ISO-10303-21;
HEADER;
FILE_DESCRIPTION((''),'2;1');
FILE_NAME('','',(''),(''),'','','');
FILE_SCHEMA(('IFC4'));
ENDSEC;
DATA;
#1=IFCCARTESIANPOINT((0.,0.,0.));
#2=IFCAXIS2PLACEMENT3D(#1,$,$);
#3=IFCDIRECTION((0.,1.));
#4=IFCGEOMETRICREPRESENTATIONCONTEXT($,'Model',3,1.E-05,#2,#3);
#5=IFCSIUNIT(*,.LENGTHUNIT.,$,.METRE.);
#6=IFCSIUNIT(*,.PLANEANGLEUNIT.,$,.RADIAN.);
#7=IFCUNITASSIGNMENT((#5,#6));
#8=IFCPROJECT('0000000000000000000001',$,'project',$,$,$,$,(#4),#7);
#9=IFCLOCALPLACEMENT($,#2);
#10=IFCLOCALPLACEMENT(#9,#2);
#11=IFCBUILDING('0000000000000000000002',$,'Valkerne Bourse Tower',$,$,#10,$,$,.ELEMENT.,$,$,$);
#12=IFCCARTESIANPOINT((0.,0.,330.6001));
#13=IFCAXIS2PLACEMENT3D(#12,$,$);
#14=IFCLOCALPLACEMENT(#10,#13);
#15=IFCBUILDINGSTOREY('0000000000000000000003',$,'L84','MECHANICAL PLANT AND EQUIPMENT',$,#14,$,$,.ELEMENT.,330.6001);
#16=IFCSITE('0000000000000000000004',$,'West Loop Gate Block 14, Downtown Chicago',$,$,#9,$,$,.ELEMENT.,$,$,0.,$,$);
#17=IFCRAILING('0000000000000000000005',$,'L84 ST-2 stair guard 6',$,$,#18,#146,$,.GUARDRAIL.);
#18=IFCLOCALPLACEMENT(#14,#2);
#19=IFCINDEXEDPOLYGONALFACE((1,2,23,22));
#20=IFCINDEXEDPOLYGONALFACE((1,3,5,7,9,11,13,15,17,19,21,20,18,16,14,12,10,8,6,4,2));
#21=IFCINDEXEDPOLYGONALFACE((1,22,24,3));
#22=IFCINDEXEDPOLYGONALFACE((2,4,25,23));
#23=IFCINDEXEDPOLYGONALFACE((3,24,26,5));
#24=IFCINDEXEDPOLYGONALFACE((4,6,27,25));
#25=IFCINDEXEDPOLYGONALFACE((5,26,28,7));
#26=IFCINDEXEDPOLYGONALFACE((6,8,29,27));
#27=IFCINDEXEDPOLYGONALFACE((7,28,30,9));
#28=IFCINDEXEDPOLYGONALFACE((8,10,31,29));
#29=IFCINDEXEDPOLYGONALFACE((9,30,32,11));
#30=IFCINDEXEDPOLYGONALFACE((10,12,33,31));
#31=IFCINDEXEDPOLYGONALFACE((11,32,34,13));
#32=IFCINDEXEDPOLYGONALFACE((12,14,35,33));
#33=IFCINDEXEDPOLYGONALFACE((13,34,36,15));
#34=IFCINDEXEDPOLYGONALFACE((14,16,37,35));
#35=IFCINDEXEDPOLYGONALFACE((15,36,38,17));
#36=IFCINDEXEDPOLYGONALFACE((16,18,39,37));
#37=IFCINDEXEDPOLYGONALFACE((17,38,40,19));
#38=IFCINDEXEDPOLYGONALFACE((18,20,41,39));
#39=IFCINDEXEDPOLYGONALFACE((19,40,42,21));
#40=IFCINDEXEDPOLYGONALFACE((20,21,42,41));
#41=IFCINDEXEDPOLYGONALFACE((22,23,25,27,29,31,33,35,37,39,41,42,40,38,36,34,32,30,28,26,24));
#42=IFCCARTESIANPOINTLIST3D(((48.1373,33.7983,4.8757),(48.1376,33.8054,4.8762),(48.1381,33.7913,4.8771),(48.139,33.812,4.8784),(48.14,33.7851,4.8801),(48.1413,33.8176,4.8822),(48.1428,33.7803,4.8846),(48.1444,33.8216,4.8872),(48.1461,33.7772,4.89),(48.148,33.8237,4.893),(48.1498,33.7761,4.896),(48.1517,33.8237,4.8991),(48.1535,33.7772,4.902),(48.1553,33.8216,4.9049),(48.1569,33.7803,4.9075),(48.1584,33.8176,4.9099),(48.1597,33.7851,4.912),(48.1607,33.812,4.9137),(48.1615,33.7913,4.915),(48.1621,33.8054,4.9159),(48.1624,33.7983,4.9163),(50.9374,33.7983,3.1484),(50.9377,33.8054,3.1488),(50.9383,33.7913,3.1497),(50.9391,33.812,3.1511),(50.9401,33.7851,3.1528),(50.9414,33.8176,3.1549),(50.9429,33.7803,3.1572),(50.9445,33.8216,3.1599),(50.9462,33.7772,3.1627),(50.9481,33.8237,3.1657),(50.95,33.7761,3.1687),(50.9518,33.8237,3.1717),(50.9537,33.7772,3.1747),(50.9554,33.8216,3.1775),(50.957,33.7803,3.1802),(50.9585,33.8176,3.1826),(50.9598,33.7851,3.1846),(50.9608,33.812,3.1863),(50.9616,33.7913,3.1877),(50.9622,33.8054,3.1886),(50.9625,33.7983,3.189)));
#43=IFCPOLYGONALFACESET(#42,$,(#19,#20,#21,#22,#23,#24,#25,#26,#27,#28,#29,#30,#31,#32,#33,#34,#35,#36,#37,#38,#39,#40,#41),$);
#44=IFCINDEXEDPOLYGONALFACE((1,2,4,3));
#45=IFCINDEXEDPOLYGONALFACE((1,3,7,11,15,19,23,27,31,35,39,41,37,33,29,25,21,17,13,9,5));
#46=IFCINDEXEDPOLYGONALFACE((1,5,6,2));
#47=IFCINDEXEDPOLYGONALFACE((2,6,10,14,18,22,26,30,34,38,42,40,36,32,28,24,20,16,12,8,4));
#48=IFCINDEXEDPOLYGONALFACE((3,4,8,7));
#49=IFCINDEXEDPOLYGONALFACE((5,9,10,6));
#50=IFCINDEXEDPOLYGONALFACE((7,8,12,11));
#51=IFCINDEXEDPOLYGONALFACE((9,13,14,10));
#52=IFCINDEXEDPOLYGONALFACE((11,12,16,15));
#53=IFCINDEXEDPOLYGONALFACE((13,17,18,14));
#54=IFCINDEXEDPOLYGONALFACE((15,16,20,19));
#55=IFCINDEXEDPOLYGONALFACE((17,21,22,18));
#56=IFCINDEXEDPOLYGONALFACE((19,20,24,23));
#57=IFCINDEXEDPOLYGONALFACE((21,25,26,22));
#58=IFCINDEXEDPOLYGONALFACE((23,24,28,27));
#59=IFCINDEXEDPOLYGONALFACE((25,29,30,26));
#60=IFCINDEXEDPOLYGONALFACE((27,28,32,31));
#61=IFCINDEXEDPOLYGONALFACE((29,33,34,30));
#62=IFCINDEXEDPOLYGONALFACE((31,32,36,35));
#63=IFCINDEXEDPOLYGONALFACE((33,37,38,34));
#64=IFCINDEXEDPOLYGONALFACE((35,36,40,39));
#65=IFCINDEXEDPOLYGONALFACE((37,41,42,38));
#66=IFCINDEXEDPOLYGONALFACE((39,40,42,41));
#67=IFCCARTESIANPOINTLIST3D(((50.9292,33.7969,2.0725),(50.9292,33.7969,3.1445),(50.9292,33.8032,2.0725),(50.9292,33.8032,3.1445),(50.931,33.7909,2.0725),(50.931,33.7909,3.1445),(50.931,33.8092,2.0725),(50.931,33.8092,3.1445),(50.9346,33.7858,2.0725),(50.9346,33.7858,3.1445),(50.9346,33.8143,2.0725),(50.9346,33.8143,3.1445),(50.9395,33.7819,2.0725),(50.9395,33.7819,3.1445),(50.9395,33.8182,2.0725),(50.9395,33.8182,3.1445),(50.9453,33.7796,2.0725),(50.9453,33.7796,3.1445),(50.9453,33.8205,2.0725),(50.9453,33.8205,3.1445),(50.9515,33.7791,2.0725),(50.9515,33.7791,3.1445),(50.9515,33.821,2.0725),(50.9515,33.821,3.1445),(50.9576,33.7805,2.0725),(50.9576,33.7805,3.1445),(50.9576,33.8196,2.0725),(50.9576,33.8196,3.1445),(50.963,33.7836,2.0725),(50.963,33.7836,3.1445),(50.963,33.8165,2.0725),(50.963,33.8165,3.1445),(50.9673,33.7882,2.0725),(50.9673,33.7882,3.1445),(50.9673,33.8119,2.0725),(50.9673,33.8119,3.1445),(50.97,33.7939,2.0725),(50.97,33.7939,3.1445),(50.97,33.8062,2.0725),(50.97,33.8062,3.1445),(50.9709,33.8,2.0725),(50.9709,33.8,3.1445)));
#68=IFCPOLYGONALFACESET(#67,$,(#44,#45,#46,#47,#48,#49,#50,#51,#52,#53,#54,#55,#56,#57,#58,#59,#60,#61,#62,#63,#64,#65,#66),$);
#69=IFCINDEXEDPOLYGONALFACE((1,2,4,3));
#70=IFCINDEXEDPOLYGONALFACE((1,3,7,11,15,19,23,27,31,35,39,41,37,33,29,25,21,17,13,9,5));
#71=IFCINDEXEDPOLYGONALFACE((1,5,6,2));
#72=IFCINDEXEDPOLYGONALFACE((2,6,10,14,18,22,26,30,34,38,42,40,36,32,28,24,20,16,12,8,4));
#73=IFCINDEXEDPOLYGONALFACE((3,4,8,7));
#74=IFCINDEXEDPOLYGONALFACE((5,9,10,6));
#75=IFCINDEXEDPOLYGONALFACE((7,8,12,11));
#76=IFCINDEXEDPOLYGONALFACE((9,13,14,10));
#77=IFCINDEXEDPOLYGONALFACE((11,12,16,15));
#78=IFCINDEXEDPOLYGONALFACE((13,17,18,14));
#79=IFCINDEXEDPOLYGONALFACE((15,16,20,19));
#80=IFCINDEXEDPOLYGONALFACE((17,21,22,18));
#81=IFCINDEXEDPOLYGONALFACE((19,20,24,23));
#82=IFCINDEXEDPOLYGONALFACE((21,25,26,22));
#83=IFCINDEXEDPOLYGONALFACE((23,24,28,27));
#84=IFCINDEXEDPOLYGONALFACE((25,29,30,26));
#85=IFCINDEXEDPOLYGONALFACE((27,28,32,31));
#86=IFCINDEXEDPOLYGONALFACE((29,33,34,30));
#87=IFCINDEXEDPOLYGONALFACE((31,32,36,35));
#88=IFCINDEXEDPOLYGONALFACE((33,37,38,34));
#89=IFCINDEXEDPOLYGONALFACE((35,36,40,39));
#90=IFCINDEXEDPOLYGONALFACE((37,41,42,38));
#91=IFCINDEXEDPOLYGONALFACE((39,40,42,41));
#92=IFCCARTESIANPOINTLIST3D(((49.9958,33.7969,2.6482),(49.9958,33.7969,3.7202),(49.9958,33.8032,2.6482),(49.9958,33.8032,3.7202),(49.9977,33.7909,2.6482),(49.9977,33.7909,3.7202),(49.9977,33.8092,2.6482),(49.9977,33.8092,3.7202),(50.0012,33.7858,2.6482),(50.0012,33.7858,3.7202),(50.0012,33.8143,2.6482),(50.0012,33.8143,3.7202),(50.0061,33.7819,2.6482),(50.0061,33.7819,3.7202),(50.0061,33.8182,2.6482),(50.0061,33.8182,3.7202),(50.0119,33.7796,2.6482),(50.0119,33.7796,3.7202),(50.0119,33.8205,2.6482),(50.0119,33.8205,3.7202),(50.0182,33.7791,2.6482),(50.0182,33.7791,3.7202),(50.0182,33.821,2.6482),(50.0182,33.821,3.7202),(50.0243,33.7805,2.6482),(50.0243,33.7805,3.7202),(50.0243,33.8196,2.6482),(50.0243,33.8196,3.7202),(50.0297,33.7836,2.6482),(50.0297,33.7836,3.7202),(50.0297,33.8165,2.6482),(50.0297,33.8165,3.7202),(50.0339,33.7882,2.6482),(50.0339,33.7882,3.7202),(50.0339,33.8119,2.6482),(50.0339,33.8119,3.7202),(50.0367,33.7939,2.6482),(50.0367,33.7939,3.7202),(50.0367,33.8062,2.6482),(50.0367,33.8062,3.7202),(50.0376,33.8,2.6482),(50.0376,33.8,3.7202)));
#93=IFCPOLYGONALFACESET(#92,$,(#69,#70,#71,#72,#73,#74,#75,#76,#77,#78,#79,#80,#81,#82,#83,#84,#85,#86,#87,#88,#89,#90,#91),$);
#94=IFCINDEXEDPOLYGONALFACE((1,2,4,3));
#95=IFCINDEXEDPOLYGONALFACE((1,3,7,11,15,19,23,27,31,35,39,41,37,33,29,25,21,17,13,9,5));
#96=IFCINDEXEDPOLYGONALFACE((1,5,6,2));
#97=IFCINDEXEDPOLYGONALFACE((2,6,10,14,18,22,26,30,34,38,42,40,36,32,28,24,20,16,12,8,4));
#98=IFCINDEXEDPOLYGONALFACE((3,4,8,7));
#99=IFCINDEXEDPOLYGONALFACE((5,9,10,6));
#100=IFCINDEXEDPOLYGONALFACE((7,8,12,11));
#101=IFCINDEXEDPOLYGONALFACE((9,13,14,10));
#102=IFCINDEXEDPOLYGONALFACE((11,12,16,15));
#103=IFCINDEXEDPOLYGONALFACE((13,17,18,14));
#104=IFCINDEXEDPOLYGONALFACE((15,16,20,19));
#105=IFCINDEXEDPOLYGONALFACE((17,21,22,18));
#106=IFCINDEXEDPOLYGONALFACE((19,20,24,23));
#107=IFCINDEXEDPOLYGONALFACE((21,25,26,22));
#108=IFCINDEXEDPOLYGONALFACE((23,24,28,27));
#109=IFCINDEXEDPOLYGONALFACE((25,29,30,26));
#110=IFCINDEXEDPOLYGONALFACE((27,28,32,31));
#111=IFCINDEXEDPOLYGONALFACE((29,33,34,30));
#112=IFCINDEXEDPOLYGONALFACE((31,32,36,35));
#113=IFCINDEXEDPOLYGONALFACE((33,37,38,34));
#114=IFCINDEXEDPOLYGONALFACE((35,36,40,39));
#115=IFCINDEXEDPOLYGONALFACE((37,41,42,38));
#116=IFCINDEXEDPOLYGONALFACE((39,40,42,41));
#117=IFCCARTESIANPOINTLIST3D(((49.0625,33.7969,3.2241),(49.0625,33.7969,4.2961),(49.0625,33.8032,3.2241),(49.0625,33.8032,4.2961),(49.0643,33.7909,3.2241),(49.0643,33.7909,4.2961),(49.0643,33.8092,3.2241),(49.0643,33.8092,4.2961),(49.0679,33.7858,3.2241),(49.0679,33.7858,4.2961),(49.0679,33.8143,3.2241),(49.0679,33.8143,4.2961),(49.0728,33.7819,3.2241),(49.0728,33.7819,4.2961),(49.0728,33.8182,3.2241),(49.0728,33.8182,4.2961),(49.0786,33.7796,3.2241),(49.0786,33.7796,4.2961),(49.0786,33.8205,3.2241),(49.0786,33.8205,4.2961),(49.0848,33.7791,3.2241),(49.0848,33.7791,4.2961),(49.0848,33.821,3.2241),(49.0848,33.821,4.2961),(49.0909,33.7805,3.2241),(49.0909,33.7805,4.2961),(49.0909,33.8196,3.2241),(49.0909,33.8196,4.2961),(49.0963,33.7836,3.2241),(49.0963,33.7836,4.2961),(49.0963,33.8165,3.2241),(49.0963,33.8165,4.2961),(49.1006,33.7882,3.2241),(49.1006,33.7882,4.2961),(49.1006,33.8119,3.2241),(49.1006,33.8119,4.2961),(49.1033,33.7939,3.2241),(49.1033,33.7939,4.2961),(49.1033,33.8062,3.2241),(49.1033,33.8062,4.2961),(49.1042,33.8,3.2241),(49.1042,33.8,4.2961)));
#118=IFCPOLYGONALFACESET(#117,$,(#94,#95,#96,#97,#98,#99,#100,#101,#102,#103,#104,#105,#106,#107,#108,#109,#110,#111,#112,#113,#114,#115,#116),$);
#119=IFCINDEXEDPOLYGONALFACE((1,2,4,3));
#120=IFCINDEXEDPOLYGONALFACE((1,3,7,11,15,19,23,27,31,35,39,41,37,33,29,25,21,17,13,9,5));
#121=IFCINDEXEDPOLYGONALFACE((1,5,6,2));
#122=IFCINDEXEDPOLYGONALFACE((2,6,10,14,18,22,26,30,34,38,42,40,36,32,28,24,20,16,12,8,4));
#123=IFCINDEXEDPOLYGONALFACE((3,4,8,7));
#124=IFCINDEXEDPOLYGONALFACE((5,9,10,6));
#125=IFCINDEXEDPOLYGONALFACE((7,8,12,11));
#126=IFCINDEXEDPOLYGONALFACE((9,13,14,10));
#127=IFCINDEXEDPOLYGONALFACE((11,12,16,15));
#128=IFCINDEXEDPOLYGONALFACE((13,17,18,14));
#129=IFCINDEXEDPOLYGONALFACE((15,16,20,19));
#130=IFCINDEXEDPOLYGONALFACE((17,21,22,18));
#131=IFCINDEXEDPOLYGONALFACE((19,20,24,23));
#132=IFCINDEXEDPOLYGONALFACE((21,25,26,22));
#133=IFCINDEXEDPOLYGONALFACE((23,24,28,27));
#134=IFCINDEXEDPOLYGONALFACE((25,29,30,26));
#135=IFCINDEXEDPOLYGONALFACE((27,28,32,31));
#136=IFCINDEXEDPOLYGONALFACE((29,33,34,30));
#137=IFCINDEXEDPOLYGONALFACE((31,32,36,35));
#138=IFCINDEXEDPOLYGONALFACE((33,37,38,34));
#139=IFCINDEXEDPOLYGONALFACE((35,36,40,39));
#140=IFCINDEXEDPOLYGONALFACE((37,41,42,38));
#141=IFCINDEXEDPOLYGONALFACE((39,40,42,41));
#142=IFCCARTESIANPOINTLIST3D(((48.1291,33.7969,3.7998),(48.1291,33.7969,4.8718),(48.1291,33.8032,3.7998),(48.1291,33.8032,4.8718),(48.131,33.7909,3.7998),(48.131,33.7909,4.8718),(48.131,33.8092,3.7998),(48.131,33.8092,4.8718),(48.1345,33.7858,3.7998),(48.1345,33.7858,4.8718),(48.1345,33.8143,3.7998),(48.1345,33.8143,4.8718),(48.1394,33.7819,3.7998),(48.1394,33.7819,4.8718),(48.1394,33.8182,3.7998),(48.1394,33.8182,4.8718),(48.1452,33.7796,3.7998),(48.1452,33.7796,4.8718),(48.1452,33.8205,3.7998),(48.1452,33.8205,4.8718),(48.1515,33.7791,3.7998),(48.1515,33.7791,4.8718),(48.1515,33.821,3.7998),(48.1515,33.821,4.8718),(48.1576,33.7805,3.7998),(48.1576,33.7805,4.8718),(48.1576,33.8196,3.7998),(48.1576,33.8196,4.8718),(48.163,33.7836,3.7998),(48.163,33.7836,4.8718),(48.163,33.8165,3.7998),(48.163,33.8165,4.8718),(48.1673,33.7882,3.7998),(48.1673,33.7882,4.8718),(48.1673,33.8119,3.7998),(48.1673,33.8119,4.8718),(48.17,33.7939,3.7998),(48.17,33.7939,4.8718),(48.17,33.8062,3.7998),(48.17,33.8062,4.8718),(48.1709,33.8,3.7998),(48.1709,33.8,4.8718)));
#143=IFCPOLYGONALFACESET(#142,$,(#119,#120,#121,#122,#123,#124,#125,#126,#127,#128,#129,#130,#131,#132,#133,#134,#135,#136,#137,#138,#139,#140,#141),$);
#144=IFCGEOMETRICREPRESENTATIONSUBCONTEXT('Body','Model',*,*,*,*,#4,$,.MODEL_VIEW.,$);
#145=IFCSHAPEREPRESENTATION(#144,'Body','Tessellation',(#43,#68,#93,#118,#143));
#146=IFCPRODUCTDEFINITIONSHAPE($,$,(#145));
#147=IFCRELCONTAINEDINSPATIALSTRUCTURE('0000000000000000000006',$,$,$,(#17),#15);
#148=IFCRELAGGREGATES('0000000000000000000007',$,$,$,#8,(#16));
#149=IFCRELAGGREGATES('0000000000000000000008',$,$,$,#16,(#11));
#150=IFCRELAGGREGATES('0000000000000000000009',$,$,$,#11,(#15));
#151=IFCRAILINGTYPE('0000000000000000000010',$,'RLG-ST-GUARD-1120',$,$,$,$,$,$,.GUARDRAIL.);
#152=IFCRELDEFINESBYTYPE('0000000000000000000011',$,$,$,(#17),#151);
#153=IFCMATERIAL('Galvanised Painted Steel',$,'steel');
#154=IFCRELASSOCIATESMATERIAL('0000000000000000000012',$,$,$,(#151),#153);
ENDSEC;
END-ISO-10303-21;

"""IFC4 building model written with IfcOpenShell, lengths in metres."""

from ifc_helpers import new_model, si_unit, direction, frame, origin, origin_2d, place, context, subcontext, project, spatial, circle, extrude, material, type_object, element, save


model = new_model("IFC4")

# Units and contexts
model_context = context("Model", 3, precision=1e-05, world=origin(), true_north=direction((0.0, 1.0)))
body_context = subcontext(model_context, "Body", "Model", "MODEL_VIEW")
ifc_project = project(units=[si_unit("LENGTHUNIT", "METRE"), si_unit("PLANEANGLEUNIT", "RADIAN")], contexts=[model_context])

# Site, building, storey
site_placement = place(None, origin())
site = spatial("IfcSite", under=ifc_project, at=site_placement, Name="West Loop Gate Block 14, Downtown Chicago", CompositionType="ELEMENT", RefElevation=0.0)
building_placement = place(site_placement, origin())
building = spatial("IfcBuilding", under=site, at=building_placement, Name="Valkerne Bourse Tower", CompositionType="ELEMENT")
storey_placement = place(building_placement, frame((0.0, 0.0, 330.6001)))
storey = spatial("IfcBuildingStorey", under=building, at=storey_placement, Name="L84", Description="MECHANICAL PLANT AND EQUIPMENT", CompositionType="ELEMENT", Elevation=330.6001)

# Railing
ifc_material_1 = material(Name="Galvanised Painted Steel", Category="steel")
railing_type = type_object("IfcRailingType", Name="RLG-ST-GUARD-1120", PredefinedType="GUARDRAIL", material=ifc_material_1)
railing_1_placement = place(storey_placement, frame((50.95, 33.8, 2.0725)))
element("IfcRailing", 1, at=railing_1_placement, inside=storey, type_object=railing_type, Name="L84 ST-2 stair guard 6", PredefinedType="GUARDRAIL", context=body_context, shape_type="SweptSolid", body=[
    extrude(circle(Radius=0.0239, at=origin_2d()), frame((0.0, 0.0, 1.0962), z_axis=(-0.85109, 0.0, 0.52502), x_axis=(0.0, -1.0, 0.0)), (0.0, 0.0, 1.0), 3.29),
    extrude(circle(Radius=0.021, at=origin_2d()), origin(), (0.0, 0.0, 1.0), 1.072),
    extrude(circle(Radius=0.021, at=origin_2d()), frame((-0.9333, 0.0, 0.5757)), (0.0, 0.0, 1.0), 1.072),
    extrude(circle(Radius=0.021, at=origin_2d()), frame((-1.8667, 0.0, 1.1516)), (0.0, 0.0, 1.0), 1.072),
    extrude(circle(Radius=0.021, at=origin_2d()), frame((-2.8, 0.0, 1.7273)), (0.0, 0.0, 1.0), 1.072),
])

save(model, "model.ifc")
